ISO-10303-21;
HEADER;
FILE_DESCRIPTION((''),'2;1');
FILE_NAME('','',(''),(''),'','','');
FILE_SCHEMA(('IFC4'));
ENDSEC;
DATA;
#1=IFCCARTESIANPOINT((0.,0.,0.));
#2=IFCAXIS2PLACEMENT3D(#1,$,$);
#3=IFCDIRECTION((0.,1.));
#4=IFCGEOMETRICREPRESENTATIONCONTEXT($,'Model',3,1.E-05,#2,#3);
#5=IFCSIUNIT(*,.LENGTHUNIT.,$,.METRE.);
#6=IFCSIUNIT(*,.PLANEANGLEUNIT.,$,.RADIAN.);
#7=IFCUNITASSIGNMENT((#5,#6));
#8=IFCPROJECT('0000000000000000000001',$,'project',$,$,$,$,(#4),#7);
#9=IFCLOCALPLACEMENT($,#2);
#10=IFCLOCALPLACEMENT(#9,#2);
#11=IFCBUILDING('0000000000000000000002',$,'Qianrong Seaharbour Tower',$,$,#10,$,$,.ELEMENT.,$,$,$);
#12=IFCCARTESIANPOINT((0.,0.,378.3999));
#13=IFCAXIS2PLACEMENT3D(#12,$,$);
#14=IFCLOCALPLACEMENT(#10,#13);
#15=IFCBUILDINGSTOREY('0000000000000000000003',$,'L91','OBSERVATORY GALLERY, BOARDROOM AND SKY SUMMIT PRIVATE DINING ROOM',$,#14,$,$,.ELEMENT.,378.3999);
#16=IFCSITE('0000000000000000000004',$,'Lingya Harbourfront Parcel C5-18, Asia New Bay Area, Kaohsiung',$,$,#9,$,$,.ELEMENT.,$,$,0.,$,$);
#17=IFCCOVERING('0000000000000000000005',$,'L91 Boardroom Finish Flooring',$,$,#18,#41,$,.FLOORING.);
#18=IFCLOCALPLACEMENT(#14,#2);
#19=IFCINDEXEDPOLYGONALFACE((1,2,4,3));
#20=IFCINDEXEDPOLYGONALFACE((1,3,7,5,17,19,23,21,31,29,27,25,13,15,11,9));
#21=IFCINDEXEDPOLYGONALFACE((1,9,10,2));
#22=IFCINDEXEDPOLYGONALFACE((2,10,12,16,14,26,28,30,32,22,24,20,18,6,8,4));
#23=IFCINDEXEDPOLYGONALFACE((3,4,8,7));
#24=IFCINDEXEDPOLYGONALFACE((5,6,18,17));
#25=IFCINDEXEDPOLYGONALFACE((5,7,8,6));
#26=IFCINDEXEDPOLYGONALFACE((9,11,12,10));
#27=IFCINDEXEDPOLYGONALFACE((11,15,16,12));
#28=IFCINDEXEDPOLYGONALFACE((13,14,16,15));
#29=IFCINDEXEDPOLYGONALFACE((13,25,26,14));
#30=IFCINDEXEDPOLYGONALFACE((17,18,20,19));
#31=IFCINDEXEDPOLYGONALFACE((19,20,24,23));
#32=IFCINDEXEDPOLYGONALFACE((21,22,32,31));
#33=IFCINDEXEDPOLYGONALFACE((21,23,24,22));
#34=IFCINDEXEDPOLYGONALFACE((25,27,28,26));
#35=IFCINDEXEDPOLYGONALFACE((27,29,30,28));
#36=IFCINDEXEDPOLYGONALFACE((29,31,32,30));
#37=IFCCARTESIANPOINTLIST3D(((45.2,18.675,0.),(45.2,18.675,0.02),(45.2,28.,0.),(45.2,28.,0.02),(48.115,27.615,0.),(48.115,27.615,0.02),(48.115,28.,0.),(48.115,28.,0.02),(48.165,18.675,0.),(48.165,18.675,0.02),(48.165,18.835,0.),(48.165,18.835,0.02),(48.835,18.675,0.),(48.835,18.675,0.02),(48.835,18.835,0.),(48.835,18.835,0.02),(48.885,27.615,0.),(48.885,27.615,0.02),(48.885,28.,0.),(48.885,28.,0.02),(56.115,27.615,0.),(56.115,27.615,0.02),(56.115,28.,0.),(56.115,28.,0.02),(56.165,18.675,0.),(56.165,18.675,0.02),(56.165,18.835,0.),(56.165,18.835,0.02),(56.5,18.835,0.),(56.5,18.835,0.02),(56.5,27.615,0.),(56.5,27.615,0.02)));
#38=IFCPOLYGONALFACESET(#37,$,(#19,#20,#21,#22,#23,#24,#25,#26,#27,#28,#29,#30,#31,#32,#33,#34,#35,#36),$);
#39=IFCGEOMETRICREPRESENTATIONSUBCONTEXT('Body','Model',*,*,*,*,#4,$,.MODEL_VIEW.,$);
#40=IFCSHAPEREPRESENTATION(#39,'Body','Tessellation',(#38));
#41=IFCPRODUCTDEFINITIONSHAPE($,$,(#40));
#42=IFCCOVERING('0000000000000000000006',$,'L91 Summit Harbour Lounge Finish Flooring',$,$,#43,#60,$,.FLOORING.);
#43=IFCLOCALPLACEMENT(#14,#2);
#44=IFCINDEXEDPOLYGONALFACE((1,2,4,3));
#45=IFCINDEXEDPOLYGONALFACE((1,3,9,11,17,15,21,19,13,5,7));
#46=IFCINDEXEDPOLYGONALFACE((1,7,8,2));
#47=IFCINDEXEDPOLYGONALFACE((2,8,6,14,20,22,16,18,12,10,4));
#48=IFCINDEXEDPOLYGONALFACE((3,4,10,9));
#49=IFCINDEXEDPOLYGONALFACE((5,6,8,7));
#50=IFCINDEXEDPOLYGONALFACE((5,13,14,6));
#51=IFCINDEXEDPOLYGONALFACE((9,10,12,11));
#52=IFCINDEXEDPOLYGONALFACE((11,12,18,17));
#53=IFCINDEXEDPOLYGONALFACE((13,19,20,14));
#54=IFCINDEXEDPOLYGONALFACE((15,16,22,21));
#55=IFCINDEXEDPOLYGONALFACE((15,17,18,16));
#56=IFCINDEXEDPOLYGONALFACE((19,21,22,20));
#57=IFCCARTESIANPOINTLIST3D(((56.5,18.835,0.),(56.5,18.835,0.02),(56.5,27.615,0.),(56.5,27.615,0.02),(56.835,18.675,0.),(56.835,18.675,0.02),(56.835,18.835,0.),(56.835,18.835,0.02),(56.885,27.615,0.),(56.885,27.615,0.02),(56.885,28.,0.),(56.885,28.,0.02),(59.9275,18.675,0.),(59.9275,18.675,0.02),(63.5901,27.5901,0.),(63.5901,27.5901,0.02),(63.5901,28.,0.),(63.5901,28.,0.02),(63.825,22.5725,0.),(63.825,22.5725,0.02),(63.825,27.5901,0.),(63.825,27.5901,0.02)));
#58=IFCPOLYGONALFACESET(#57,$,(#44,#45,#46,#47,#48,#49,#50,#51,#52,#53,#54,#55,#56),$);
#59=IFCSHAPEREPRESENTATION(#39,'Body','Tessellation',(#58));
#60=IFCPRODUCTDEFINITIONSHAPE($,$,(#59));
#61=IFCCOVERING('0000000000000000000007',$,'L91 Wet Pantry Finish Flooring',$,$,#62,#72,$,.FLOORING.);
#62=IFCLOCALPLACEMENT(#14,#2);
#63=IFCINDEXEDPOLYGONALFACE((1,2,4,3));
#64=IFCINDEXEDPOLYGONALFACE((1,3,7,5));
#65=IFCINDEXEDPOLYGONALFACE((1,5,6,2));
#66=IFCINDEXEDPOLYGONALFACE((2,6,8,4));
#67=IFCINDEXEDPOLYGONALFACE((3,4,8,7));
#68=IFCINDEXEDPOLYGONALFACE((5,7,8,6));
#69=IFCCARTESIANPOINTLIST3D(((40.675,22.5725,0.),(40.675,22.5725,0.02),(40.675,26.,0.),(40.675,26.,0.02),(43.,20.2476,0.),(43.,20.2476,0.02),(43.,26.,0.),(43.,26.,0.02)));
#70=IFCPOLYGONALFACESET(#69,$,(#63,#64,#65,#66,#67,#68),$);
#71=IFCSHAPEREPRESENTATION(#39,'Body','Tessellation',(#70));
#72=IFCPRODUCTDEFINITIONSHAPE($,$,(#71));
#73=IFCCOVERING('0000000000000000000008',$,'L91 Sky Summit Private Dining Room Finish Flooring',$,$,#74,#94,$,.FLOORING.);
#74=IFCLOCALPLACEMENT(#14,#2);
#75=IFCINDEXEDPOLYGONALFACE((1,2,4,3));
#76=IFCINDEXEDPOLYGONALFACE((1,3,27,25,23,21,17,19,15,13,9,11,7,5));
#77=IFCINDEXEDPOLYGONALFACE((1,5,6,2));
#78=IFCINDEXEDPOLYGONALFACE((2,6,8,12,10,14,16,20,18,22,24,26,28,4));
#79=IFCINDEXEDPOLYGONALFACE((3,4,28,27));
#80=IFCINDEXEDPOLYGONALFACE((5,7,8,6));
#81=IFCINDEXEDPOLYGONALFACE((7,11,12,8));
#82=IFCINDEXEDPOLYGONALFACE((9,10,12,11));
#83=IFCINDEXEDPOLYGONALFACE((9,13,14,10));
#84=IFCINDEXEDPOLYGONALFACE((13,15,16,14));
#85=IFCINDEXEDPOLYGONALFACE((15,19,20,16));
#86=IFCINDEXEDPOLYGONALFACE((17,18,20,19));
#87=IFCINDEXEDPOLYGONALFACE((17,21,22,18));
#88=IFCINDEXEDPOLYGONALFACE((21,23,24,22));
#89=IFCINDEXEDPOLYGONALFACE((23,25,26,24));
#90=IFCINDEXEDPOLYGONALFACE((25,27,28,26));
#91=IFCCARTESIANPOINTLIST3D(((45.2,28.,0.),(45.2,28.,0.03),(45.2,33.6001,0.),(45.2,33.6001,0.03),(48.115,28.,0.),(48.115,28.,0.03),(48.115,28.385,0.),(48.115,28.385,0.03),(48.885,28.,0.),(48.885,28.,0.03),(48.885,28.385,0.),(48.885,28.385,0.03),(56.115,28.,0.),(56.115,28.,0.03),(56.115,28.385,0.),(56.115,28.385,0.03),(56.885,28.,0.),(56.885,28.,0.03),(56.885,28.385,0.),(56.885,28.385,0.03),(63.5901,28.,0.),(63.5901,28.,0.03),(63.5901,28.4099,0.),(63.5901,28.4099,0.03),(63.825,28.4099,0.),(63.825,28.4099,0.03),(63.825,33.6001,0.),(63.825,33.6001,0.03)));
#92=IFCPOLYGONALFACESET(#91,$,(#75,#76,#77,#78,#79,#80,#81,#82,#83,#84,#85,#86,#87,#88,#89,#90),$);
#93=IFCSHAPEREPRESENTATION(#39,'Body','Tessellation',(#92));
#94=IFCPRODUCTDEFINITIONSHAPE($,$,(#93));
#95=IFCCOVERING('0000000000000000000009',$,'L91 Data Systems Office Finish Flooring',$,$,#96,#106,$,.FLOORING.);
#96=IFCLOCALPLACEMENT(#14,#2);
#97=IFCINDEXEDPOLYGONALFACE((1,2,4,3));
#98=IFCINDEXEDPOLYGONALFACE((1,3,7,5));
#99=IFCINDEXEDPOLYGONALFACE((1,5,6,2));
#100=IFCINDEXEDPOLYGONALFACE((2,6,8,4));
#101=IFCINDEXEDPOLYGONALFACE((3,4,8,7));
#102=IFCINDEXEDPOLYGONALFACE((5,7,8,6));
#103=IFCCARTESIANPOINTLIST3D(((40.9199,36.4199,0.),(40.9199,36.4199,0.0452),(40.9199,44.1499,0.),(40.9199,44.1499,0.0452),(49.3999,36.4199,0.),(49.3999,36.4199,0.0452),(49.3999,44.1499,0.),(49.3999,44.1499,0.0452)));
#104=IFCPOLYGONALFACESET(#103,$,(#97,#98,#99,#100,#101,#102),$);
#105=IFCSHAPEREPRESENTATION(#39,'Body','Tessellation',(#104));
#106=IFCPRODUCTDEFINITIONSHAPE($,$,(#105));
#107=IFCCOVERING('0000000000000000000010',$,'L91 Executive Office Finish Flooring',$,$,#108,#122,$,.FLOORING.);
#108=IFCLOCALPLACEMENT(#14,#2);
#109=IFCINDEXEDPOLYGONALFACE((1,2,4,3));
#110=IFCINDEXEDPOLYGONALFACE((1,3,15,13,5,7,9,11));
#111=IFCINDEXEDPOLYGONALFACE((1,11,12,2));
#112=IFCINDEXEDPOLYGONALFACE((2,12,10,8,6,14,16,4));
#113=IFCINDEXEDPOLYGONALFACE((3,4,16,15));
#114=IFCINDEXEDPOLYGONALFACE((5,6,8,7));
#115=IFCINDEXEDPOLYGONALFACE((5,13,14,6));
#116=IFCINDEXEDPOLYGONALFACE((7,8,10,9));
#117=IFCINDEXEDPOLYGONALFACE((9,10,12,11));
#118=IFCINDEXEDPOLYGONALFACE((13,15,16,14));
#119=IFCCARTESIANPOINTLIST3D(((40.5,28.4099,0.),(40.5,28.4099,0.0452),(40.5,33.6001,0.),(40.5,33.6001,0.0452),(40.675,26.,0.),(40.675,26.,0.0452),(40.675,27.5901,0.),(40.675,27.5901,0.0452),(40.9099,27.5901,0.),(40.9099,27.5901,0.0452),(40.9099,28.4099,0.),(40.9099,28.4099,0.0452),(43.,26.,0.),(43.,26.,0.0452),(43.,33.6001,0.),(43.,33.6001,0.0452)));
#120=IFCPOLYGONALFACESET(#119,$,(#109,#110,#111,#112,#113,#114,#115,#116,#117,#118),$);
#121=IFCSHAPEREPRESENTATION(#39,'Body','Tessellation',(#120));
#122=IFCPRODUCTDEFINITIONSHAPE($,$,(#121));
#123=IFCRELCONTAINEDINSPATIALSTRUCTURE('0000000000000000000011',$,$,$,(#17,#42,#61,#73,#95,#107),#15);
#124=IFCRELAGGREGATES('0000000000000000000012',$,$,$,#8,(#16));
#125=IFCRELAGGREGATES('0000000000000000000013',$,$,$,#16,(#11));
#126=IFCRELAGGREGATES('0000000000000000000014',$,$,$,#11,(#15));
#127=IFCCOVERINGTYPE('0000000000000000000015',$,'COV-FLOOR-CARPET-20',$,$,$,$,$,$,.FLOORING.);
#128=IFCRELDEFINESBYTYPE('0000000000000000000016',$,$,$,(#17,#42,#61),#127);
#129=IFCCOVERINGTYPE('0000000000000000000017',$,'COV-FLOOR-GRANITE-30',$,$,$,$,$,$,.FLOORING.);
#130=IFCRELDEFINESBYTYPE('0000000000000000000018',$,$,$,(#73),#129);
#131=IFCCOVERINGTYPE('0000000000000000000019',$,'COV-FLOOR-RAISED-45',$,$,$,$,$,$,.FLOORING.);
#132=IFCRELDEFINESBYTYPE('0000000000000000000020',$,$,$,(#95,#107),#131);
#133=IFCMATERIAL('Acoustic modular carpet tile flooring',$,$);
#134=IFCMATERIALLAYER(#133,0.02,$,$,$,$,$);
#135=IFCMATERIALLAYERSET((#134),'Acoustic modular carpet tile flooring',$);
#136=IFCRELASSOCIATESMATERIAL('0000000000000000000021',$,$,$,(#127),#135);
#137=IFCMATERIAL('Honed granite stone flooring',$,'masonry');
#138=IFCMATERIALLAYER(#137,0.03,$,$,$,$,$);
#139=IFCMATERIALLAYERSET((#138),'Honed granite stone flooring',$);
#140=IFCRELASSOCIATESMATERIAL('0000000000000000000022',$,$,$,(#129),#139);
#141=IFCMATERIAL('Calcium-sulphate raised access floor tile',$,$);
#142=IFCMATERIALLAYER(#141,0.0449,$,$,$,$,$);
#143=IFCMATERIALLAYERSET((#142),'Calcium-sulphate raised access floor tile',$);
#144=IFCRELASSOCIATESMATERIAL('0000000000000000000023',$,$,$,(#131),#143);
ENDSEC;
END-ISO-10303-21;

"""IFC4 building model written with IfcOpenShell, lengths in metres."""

from ifc_helpers import new_model, si_unit, direction, frame, origin, place, context, subcontext, project, spatial, polyline, outline, extrude, material, layer, layer_set, type_object, element, save


model = new_model("IFC4")

# Units and contexts
model_context = context("Model", 3, precision=1e-05, world=origin(), true_north=direction((0.0, 1.0)))
body_context = subcontext(model_context, "Body", "Model", "MODEL_VIEW")
ifc_project = project(units=[si_unit("LENGTHUNIT", "METRE"), si_unit("PLANEANGLEUNIT", "RADIAN")], contexts=[model_context])

# Site, building, storey
site_placement = place(None, origin())
site = spatial("IfcSite", under=ifc_project, at=site_placement, Name="Lingya Harbourfront Parcel C5-18, Asia New Bay Area, Kaohsiung", CompositionType="ELEMENT", RefElevation=0.0)
building_placement = place(site_placement, origin())
building = spatial("IfcBuilding", under=site, at=building_placement, Name="Qianrong Seaharbour Tower", CompositionType="ELEMENT")
storey_placement = place(building_placement, frame((0.0, 0.0, 378.3999)))
storey = spatial("IfcBuildingStorey", under=building, at=storey_placement, Name="L91", Description="OBSERVATORY GALLERY, BOARDROOM AND SKY SUMMIT PRIVATE DINING ROOM", CompositionType="ELEMENT", Elevation=378.3999)

# Coverings
ifc_material_1 = material(Name="Acoustic modular carpet tile flooring")
ifc_layer_1 = layer(ifc_material_1, 0.02)
ifc_layer_set_1 = layer_set([ifc_layer_1], Name="Acoustic modular carpet tile flooring")
covering_type_1 = type_object("IfcCoveringType", Name="COV-FLOOR-CARPET-20", PredefinedType="FLOORING", material=ifc_layer_set_1)
covering_1_placement = place(storey_placement, origin())
element("IfcCovering", 1, at=covering_1_placement, inside=storey, type_object=covering_type_1, Name="L91 Boardroom Finish Flooring", PredefinedType="FLOORING", context=body_context, shape_type="SweptSolid", body=[
    extrude(outline(polyline([(56.5, 18.835), (56.165, 18.835), (56.165, 18.675), (48.835, 18.675), (48.835, 18.835), (48.165, 18.835), (48.165, 18.675), (45.2, 18.675), (45.2, 28.0), (48.115, 28.0), (48.115, 27.615), (48.885, 27.615), (48.885, 28.0), (56.115, 28.0), (56.115, 27.615), (56.5, 27.615), (56.5, 18.835)])), origin(), (0.0, 0.0, 1.0), 0.02),
])
covering_2_placement = place(storey_placement, origin())
element("IfcCovering", 2, at=covering_2_placement, inside=storey, type_object=covering_type_1, Name="L91 Summit Harbour Lounge Finish Flooring", PredefinedType="FLOORING", context=body_context, shape_type="SweptSolid", body=[
    extrude(outline(polyline([(63.825, 22.5725), (59.9275, 18.675), (56.835, 18.675), (56.835, 18.835), (56.5, 18.835), (56.5, 27.615), (56.885, 27.615), (56.885, 28.0), (63.5901, 28.0), (63.5901, 27.5901), (63.825, 27.5901), (63.825, 22.5725)])), origin(), (0.0, 0.0, 1.0), 0.02),
])
covering_3_placement = place(storey_placement, origin())
element("IfcCovering", 3, at=covering_3_placement, inside=storey, type_object=covering_type_1, Name="L91 Wet Pantry Finish Flooring", PredefinedType="FLOORING", context=body_context, shape_type="SweptSolid", body=[
    extrude(outline(polyline([(40.675, 22.5725), (40.675, 26.0), (43.0, 26.0), (43.0, 20.2476), (40.675, 22.5725)])), origin(), (0.0, 0.0, 1.0), 0.02),
])
ifc_material_2 = material(Name="Honed granite stone flooring", Category="masonry")
ifc_layer_2 = layer(ifc_material_2, 0.03)
ifc_layer_set_2 = layer_set([ifc_layer_2], Name="Honed granite stone flooring")
covering_type_2 = type_object("IfcCoveringType", Name="COV-FLOOR-GRANITE-30", PredefinedType="FLOORING", material=ifc_layer_set_2)
covering_4_placement = place(storey_placement, origin())
element("IfcCovering", 4, at=covering_4_placement, inside=storey, type_object=covering_type_2, Name="L91 Sky Summit Private Dining Room Finish Flooring", PredefinedType="FLOORING", context=body_context, shape_type="SweptSolid", body=[
    extrude(outline(polyline([(63.825, 33.6001), (63.825, 28.4099), (63.5901, 28.4099), (63.5901, 28.0), (56.885, 28.0), (56.885, 28.385), (56.115, 28.385), (56.115, 28.0), (48.885, 28.0), (48.885, 28.385), (48.115, 28.385), (48.115, 28.0), (45.2, 28.0), (45.2, 33.6001), (63.825, 33.6001)])), origin(), (0.0, 0.0, 1.0), 0.03),
])
ifc_material_3 = material(Name="Calcium-sulphate raised access floor tile")
ifc_layer_3 = layer(ifc_material_3, 0.0449)
ifc_layer_set_3 = layer_set([ifc_layer_3], Name="Calcium-sulphate raised access floor tile")
covering_type_3 = type_object("IfcCoveringType", Name="COV-FLOOR-RAISED-45", PredefinedType="FLOORING", material=ifc_layer_set_3)
covering_5_placement = place(storey_placement, origin())
element("IfcCovering", 5, at=covering_5_placement, inside=storey, type_object=covering_type_3, Name="L91 Data Systems Office Finish Flooring", PredefinedType="FLOORING", context=body_context, shape_type="SweptSolid", body=[
    extrude(outline(polyline([(49.3999, 44.1499), (49.3999, 36.4199), (40.9199, 36.4199), (40.9199, 44.1499), (49.3999, 44.1499)])), origin(), (0.0, 0.0, 1.0), 0.0452),
])
covering_6_placement = place(storey_placement, origin())
element("IfcCovering", 6, at=covering_6_placement, inside=storey, type_object=covering_type_3, Name="L91 Executive Office Finish Flooring", PredefinedType="FLOORING", context=body_context, shape_type="SweptSolid", body=[
    extrude(outline(polyline([(43.0, 26.0), (40.675, 26.0), (40.675, 27.5901), (40.9099, 27.5901), (40.9099, 28.4099), (40.5, 28.4099), (40.5, 33.6001), (43.0, 33.6001), (43.0, 26.0)])), origin(), (0.0, 0.0, 1.0), 0.0452),
])

save(model, "model.ifc")
